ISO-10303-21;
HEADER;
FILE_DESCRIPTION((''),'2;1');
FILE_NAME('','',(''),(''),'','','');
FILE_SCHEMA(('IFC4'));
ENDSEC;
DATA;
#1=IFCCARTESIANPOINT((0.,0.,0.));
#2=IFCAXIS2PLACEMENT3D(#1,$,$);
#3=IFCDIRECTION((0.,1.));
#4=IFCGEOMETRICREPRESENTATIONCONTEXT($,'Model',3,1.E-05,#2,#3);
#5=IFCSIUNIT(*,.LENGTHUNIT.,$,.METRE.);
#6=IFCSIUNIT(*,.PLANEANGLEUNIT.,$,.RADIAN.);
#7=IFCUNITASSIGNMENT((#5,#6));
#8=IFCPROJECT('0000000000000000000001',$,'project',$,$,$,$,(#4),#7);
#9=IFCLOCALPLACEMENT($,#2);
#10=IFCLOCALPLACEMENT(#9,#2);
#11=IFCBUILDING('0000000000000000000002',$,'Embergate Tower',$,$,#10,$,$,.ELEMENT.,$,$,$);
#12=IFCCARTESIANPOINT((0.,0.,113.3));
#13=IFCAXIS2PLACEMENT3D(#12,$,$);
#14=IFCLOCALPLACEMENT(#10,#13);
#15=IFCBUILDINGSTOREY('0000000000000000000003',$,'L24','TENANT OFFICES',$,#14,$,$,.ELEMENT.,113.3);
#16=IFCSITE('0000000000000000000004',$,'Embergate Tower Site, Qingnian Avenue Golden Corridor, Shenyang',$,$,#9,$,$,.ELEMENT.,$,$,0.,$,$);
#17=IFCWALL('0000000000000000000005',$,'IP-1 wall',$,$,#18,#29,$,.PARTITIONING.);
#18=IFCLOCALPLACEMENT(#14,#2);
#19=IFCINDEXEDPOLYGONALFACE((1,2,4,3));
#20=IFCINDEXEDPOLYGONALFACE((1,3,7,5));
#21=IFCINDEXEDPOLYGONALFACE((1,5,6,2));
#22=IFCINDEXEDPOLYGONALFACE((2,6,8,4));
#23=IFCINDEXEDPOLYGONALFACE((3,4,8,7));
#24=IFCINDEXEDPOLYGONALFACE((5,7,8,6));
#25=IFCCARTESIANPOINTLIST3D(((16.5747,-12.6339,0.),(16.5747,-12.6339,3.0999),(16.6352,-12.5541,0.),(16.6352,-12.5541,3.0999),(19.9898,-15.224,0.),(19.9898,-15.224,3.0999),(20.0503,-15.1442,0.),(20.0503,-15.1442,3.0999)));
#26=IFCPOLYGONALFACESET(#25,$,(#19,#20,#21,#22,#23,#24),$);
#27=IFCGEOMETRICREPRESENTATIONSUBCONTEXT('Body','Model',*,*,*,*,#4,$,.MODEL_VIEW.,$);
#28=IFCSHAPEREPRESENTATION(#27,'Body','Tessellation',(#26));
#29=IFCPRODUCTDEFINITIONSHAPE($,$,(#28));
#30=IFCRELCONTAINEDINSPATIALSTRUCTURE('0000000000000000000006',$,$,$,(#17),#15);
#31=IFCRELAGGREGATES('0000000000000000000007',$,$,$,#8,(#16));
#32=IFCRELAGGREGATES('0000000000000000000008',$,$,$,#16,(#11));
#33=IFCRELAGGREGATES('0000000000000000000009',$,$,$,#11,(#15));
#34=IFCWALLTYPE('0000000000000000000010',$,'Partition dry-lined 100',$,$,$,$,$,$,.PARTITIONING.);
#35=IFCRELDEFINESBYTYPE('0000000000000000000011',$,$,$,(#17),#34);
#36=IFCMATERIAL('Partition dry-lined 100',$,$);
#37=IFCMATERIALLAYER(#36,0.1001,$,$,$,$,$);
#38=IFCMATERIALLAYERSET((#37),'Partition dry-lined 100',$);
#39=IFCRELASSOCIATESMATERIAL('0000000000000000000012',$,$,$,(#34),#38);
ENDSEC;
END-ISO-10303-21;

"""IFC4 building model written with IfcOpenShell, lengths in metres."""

from ifc_helpers import new_model, si_unit, direction, frame, frame_2d, origin, place, context, subcontext, project, spatial, rectangle, extrude, source, transform, mapped, material, layer, layer_set, type_object, element, save


model = new_model("IFC4")

# Units and contexts
model_context = context("Model", 3, precision=1e-05, world=origin(), true_north=direction((0.0, 1.0)))
body_context = subcontext(model_context, "Body", "Model", "MODEL_VIEW")
ifc_project = project(units=[si_unit("LENGTHUNIT", "METRE"), si_unit("PLANEANGLEUNIT", "RADIAN")], contexts=[model_context])

# Site, building, storey
site_placement = place(None, origin())
site = spatial("IfcSite", under=ifc_project, at=site_placement, Name="Embergate Tower Site, Qingnian Avenue Golden Corridor, Shenyang", CompositionType="ELEMENT", RefElevation=0.0)
building_placement = place(site_placement, origin())
building = spatial("IfcBuilding", under=site, at=building_placement, Name="Embergate Tower", CompositionType="ELEMENT")
storey_placement = place(building_placement, frame((0.0, 0.0, 113.3)))
storey = spatial("IfcBuildingStorey", under=building, at=storey_placement, Name="L24", Description="TENANT OFFICES", CompositionType="ELEMENT", Elevation=113.3)

# Wall
ifc_material_1 = material(Name="Partition dry-lined 100")
ifc_layer_1 = layer(ifc_material_1, 0.1001)
ifc_layer_set_1 = layer_set([ifc_layer_1], Name="Partition dry-lined 100")
wall_type_1 = type_object("IfcWallType", Name="Partition dry-lined 100", PredefinedType="PARTITIONING", material=ifc_layer_set_1)
shared_shape_1 = source(origin(), body_context, "Body", "SweptSolid", [
    extrude(rectangle(XDim=4.2861, YDim=0.1001, at=frame_2d((2.1431, 0.0))), origin(), (0.0, 0.0, 1.0), 3.0999),
])
wall_1_placement = place(storey_placement, frame((16.605, -12.594, 0.0), z_axis=(0.0, 0.0, 1.0), x_axis=(0.796762, -0.604293, 0.0)))
element("IfcWall", 1, at=wall_1_placement, inside=storey, type_object=wall_type_1, Name="IP-1 wall", PredefinedType="PARTITIONING", context=body_context, shape_type="MappedRepresentation", body=[
    mapped(shared_shape_1, transform((0.0, 0.0, 0.0))),
])

save(model, "model.ifc")
